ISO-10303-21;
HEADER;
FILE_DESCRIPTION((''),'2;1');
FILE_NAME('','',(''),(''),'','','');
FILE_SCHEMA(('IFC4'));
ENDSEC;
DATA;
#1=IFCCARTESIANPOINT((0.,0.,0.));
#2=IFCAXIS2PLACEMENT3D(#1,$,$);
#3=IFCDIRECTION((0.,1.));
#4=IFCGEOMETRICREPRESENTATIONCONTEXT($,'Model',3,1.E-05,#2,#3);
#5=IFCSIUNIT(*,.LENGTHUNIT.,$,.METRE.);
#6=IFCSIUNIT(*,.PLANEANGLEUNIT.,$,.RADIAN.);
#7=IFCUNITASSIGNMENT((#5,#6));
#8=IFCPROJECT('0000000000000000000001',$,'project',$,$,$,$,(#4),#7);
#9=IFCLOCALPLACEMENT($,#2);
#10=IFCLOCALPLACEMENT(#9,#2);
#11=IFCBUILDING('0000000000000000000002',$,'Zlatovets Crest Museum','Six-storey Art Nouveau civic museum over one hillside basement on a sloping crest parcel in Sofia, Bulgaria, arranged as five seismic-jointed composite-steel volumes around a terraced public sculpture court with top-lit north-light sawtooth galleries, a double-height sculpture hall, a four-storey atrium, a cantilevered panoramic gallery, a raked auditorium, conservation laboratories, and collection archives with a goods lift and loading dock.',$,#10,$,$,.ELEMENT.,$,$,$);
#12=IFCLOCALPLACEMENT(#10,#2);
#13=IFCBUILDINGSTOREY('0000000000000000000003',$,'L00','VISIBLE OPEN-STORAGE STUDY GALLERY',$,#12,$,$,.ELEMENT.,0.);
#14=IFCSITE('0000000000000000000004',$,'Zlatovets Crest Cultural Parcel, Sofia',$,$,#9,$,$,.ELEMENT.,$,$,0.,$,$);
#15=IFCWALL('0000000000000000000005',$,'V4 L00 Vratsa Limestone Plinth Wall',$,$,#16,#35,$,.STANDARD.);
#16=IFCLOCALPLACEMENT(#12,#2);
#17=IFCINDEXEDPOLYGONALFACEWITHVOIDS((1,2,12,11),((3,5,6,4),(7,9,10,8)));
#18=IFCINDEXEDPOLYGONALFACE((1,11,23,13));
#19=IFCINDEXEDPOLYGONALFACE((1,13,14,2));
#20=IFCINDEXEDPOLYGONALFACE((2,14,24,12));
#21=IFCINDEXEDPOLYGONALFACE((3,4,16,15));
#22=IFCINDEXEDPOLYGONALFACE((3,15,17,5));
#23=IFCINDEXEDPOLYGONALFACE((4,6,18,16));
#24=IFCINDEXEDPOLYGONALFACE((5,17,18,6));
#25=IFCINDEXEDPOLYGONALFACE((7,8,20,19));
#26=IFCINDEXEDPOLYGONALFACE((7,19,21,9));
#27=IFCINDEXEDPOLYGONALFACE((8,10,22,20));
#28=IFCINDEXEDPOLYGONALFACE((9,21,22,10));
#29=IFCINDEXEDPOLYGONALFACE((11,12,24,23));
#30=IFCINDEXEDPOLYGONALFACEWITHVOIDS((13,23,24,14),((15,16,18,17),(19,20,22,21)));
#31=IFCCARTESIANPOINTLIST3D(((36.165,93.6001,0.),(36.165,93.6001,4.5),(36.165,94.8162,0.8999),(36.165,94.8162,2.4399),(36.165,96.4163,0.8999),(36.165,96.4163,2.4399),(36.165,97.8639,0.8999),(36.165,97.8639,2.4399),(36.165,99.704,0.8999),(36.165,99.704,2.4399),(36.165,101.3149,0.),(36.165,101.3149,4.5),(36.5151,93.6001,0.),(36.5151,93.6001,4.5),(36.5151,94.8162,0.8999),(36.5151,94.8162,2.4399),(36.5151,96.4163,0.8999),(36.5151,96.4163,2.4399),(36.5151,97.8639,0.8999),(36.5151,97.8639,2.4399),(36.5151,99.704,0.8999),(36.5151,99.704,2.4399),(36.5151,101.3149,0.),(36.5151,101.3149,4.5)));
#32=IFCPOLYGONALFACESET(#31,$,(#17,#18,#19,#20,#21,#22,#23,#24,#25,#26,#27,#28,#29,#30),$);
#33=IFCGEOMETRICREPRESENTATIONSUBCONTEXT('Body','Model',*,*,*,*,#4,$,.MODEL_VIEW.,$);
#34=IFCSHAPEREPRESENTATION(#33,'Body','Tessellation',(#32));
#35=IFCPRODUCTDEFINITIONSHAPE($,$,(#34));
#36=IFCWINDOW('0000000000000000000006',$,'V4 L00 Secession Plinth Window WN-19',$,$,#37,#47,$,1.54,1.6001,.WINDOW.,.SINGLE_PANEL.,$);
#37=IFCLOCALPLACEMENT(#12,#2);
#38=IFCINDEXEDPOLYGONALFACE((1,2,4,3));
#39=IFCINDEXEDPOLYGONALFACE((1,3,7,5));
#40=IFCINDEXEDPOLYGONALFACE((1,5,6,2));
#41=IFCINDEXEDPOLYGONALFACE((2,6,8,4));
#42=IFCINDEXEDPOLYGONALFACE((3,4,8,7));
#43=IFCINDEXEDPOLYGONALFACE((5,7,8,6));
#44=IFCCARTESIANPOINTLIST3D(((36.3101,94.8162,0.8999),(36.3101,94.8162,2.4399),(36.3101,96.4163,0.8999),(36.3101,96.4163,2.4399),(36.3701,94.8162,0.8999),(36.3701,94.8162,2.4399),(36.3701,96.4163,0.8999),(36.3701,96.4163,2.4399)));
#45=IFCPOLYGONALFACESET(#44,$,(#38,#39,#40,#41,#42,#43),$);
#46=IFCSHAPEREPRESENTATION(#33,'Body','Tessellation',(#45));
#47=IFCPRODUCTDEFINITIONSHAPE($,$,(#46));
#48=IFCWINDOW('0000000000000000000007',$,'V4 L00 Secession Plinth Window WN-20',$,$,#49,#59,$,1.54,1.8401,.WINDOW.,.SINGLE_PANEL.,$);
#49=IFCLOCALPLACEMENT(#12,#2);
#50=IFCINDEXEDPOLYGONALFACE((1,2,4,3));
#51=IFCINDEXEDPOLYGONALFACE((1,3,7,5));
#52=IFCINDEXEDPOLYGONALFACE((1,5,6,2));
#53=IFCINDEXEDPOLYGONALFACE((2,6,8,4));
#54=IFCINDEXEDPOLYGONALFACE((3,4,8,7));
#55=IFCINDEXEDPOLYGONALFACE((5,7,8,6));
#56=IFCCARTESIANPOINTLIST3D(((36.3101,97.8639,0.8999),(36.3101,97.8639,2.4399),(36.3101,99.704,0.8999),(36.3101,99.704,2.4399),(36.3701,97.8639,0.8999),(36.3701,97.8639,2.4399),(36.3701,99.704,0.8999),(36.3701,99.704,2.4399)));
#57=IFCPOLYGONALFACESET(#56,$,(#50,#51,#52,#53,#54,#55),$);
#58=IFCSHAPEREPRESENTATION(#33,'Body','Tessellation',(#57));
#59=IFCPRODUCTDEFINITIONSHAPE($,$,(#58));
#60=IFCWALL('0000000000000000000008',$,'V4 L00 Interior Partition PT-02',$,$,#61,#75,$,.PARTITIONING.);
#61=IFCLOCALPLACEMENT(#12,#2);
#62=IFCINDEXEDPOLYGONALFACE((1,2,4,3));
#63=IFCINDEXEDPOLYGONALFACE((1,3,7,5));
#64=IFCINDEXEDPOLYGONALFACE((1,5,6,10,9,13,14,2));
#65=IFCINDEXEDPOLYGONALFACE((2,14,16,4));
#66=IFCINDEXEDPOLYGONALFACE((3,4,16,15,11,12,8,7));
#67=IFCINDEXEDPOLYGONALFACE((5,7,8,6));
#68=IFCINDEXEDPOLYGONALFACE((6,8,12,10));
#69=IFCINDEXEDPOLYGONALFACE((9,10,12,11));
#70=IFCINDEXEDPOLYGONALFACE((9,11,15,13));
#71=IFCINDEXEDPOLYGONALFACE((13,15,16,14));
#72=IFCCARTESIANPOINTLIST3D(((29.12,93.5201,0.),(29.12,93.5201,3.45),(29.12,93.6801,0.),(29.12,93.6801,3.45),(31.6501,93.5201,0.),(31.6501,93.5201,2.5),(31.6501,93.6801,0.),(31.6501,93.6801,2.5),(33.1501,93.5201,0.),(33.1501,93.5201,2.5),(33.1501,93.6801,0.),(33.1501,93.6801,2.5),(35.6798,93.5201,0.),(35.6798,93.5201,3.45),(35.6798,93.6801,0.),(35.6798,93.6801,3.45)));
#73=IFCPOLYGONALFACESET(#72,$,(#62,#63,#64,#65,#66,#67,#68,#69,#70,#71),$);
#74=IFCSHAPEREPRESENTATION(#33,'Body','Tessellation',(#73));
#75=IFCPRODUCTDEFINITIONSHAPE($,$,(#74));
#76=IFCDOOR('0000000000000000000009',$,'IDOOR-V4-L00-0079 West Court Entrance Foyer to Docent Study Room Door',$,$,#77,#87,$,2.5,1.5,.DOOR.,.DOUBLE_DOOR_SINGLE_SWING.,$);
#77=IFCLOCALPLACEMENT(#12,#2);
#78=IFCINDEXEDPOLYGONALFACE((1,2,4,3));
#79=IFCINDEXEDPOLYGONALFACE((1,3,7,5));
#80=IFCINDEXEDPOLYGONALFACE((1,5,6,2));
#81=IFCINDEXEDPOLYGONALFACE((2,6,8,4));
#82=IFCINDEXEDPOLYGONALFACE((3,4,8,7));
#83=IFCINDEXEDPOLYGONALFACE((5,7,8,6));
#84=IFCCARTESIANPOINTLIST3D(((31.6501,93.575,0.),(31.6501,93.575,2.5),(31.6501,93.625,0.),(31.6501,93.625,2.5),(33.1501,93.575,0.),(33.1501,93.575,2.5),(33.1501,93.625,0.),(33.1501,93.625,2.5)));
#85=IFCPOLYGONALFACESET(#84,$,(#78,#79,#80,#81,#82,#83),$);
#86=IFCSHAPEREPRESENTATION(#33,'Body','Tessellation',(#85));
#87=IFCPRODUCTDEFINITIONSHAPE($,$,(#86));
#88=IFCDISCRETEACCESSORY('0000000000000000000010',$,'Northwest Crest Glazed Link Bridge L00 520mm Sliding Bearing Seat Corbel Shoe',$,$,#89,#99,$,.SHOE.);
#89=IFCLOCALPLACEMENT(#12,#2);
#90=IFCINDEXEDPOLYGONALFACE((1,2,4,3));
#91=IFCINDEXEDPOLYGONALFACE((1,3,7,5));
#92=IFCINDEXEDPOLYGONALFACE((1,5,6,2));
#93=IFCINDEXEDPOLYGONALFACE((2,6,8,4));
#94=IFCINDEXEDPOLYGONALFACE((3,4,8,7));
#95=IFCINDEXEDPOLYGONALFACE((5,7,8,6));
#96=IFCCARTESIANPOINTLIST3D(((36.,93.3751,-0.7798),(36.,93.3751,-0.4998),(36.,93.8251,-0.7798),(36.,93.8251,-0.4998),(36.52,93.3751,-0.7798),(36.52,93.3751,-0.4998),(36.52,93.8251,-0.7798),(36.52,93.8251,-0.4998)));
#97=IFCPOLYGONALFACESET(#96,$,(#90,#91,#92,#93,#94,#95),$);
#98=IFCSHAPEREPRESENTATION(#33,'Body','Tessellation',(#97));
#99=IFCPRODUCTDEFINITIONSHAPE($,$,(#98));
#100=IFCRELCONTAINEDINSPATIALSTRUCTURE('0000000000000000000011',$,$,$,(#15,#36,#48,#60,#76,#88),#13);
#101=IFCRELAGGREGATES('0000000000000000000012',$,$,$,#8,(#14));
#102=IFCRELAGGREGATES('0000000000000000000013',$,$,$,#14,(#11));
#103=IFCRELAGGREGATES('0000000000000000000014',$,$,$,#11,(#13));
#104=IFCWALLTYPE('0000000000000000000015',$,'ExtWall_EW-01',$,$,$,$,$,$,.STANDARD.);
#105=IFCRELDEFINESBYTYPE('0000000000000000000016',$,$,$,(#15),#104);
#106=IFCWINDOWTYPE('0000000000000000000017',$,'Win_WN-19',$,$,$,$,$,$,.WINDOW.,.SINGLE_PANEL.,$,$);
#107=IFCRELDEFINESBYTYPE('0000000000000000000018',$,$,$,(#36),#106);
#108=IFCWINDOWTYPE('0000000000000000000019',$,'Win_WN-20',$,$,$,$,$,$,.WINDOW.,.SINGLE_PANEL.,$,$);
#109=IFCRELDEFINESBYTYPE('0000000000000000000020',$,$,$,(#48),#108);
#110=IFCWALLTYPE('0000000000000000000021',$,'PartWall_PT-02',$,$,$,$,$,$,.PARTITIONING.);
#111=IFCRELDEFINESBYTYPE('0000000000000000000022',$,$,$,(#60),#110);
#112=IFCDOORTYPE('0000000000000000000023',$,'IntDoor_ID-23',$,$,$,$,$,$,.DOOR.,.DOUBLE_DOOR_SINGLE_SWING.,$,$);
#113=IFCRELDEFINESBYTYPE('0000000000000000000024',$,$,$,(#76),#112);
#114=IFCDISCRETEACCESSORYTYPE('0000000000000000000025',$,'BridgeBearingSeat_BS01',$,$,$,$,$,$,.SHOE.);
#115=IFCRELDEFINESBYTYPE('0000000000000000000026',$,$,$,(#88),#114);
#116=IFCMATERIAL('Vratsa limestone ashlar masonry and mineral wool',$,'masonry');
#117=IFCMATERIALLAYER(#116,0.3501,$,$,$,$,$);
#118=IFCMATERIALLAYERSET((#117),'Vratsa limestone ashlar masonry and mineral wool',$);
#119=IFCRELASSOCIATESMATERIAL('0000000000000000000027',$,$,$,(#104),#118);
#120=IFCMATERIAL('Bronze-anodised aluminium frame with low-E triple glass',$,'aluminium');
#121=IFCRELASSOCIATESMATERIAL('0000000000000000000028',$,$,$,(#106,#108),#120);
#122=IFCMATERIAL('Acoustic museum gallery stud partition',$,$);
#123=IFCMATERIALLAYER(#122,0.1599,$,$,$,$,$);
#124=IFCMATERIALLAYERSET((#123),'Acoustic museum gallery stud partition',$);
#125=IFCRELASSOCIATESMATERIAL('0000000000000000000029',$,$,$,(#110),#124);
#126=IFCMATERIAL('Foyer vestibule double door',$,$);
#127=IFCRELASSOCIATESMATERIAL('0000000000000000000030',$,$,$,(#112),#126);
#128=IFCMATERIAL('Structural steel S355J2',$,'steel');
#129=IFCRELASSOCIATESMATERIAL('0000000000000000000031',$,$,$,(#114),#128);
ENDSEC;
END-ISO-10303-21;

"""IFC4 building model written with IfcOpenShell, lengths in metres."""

from ifc_helpers import new_model, si_unit, direction, frame, frame_2d, origin, origin_2d, place, context, subcontext, project, spatial, rectangle, extrude, material, layer, layer_set, type_object, element, fill, save


model = new_model("IFC4")

# Units and contexts
model_context = context("Model", 3, precision=1e-05, world=origin(), true_north=direction((0.0, 1.0)))
body_context = subcontext(model_context, "Body", "Model", "MODEL_VIEW")
ifc_project = project(units=[si_unit("LENGTHUNIT", "METRE"), si_unit("PLANEANGLEUNIT", "RADIAN")], contexts=[model_context])

# Site, building, storey
site_placement = place(None, origin())
site = spatial("IfcSite", under=ifc_project, at=site_placement, Name="Zlatovets Crest Cultural Parcel, Sofia", CompositionType="ELEMENT", RefElevation=0.0)
building_placement = place(site_placement, origin())
building = spatial("IfcBuilding", under=site, at=building_placement, Name="Zlatovets Crest Museum", Description="Six-storey Art Nouveau civic museum over one hillside basement on a sloping crest parcel in Sofia, Bulgaria, arranged as five seismic-jointed composite-steel volumes around a terraced public sculpture court with top-lit north-light sawtooth galleries, a double-height sculpture hall, a four-storey atrium, a cantilevered panoramic gallery, a raked auditorium, conservation laboratories, and collection archives with a goods lift and loading dock.", CompositionType="ELEMENT")
storey_placement = place(building_placement, origin())
storey = spatial("IfcBuildingStorey", under=building, at=storey_placement, Name="L00", Description="VISIBLE OPEN-STORAGE STUDY GALLERY", CompositionType="ELEMENT", Elevation=0.0)

# Shared definitions
ifc_material_1 = material(Name="Structural steel S355J2", Category="steel")

# Wall, openings, windows
ifc_material_2 = material(Name="Vratsa limestone ashlar masonry and mineral wool", Category="masonry")
ifc_layer_1 = layer(ifc_material_2, 0.3501)
ifc_layer_set_1 = layer_set([ifc_layer_1], Name="Vratsa limestone ashlar masonry and mineral wool")
wall_type_1 = type_object("IfcWallType", Name="ExtWall_EW-01", PredefinedType="STANDARD", material=ifc_layer_set_1)
wall_1_placement = place(storey_placement, frame((36.3401, 93.6001, 0.0), z_axis=(0.0, 0.0, 1.0), x_axis=(0.0, 1.0, 0.0)))
wall_1 = element("IfcWall", 1, at=wall_1_placement, inside=storey, type_object=wall_type_1, Name="V4 L00 Vratsa Limestone Plinth Wall", PredefinedType="STANDARD", context=body_context, shape_type="SweptSolid", body=[
    extrude(rectangle(XDim=7.7148, YDim=0.3501, at=frame_2d((3.8574, 0.0))), origin(), (0.0, 0.0, 1.0), 4.5),
])
opening_1_placement = place(wall_1_placement, frame((1.2161, 0.0, 0.8999)))
opening_1 = element("IfcOpeningElement", 2, at=opening_1_placement, cuts=wall_1, PredefinedType="OPENING", context=body_context, shape_type="SweptSolid", body=[
    extrude(rectangle(XDim=1.6001, YDim=1.54, at=frame_2d((0.8, 0.77))), frame((0.0, 0.1851, 0.0), z_axis=(0.0, -1.0, 0.0), x_axis=(1.0, 0.0, 0.0)), (0.0, 0.0, 1.0), 0.3701),
])
opening_2_placement = place(wall_1_placement, frame((4.2639, 0.0, 0.8999)))
opening_2 = element("IfcOpeningElement", 3, at=opening_2_placement, cuts=wall_1, PredefinedType="OPENING", context=body_context, shape_type="SweptSolid", body=[
    extrude(rectangle(XDim=1.8401, YDim=1.54, at=frame_2d((0.9199, 0.77))), frame((0.0, 0.1851, 0.0), z_axis=(0.0, -1.0, 0.0), x_axis=(1.0, 0.0, 0.0)), (0.0, 0.0, 1.0), 0.3701),
])
ifc_material_3 = material(Name="Bronze-anodised aluminium frame with low-E triple glass", Category="aluminium")
window_type_1 = type_object("IfcWindowType", Name="Win_WN-19", PartitioningType="SINGLE_PANEL", PredefinedType="WINDOW", material=ifc_material_3)
window_1_placement = place(opening_1_placement, origin())
window_1 = element("IfcWindow", 4, at=window_1_placement, inside=storey, type_object=window_type_1, Name="V4 L00 Secession Plinth Window WN-19", OverallHeight=1.54, OverallWidth=1.6001, PartitioningType="SINGLE_PANEL", PredefinedType="WINDOW", context=body_context, shape_type="SweptSolid", body=[
    extrude(rectangle(XDim=1.6001, YDim=1.54, at=frame_2d((0.8, 0.77))), frame((0.0, 0.03, 0.0), z_axis=(0.0, -1.0, 0.0), x_axis=(1.0, 0.0, 0.0)), (0.0, 0.0, 1.0), 0.0601),
])
fill(opening_1, window_1)
window_type_2 = type_object("IfcWindowType", Name="Win_WN-20", PartitioningType="SINGLE_PANEL", PredefinedType="WINDOW", material=ifc_material_3)
window_2_placement = place(opening_2_placement, origin())
window_2 = element("IfcWindow", 5, at=window_2_placement, inside=storey, type_object=window_type_2, Name="V4 L00 Secession Plinth Window WN-20", OverallHeight=1.54, OverallWidth=1.8401, PartitioningType="SINGLE_PANEL", PredefinedType="WINDOW", context=body_context, shape_type="SweptSolid", body=[
    extrude(rectangle(XDim=1.8401, YDim=1.54, at=frame_2d((0.9199, 0.77))), frame((0.0, 0.03, 0.0), z_axis=(0.0, -1.0, 0.0), x_axis=(1.0, 0.0, 0.0)), (0.0, 0.0, 1.0), 0.0601),
])
fill(opening_2, window_2)

# Wall, opening, door
ifc_material_4 = material(Name="Acoustic museum gallery stud partition")
ifc_layer_2 = layer(ifc_material_4, 0.1599)
ifc_layer_set_2 = layer_set([ifc_layer_2], Name="Acoustic museum gallery stud partition")
wall_type_2 = type_object("IfcWallType", Name="PartWall_PT-02", PredefinedType="PARTITIONING", material=ifc_layer_set_2)
wall_2_placement = place(storey_placement, frame((29.1201, 93.6001, 0.0), z_axis=(0.0, 0.0, 1.0), x_axis=(1.0, 0.0, 0.0)))
wall_2 = element("IfcWall", 6, at=wall_2_placement, inside=storey, type_object=wall_type_2, Name="V4 L00 Interior Partition PT-02", PredefinedType="PARTITIONING", context=body_context, shape_type="SweptSolid", body=[
    extrude(rectangle(XDim=6.5598, YDim=0.1599, at=frame_2d((3.2798, 0.0))), origin(), (0.0, 0.0, 1.0), 3.45),
])
opening_3_placement = place(wall_2_placement, frame((2.53, 0.0, 0.0)))
opening_3 = element("IfcOpeningElement", 7, at=opening_3_placement, cuts=wall_2, PredefinedType="OPENING", context=body_context, shape_type="SweptSolid", body=[
    extrude(rectangle(XDim=1.5, YDim=2.5, at=frame_2d((0.75, 1.25))), frame((0.0, 0.0898, 0.0), z_axis=(0.0, -1.0, 0.0), x_axis=(1.0, 0.0, 0.0)), (0.0, 0.0, 1.0), 0.1799),
])
ifc_material_5 = material(Name="Foyer vestibule double door")
door_type = type_object("IfcDoorType", Name="IntDoor_ID-23", OperationType="DOUBLE_DOOR_SINGLE_SWING", PredefinedType="DOOR", material=ifc_material_5)
door_placement = place(opening_3_placement, origin())
door = element("IfcDoor", 8, at=door_placement, inside=storey, type_object=door_type, Name="IDOOR-V4-L00-0079 West Court Entrance Foyer to Docent Study Room Door", OperationType="DOUBLE_DOOR_SINGLE_SWING", OverallHeight=2.5, OverallWidth=1.5, PredefinedType="DOOR", context=body_context, shape_type="SweptSolid", body=[
    extrude(rectangle(XDim=1.5, YDim=2.5, at=frame_2d((0.75, 1.25))), frame((0.0, 0.0249, 0.0), z_axis=(0.0, -1.0, 0.0), x_axis=(1.0, 0.0, 0.0)), (0.0, 0.0, 1.0), 0.05),
])
fill(opening_3, door)

# Discrete accessory
discrete_accessory_type = type_object("IfcDiscreteAccessoryType", Name="BridgeBearingSeat_BS01", PredefinedType="SHOE", material=ifc_material_1)
discrete_accessory_placement = place(storey_placement, frame((36.26, 93.6001, -0.7798), z_axis=(0.0, 0.0, 1.0), x_axis=(1.0, 0.0, 0.0)))
element("IfcDiscreteAccessory", 9, at=discrete_accessory_placement, inside=storey, type_object=discrete_accessory_type, Name="Northwest Crest Glazed Link Bridge L00 520mm Sliding Bearing Seat Corbel Shoe", PredefinedType="SHOE", context=body_context, shape_type="SweptSolid", body=[
    extrude(rectangle(XDim=0.52, YDim=0.45, at=origin_2d()), origin(), (0.0, 0.0, 1.0), 0.28),
])

save(model, "model.ifc")
